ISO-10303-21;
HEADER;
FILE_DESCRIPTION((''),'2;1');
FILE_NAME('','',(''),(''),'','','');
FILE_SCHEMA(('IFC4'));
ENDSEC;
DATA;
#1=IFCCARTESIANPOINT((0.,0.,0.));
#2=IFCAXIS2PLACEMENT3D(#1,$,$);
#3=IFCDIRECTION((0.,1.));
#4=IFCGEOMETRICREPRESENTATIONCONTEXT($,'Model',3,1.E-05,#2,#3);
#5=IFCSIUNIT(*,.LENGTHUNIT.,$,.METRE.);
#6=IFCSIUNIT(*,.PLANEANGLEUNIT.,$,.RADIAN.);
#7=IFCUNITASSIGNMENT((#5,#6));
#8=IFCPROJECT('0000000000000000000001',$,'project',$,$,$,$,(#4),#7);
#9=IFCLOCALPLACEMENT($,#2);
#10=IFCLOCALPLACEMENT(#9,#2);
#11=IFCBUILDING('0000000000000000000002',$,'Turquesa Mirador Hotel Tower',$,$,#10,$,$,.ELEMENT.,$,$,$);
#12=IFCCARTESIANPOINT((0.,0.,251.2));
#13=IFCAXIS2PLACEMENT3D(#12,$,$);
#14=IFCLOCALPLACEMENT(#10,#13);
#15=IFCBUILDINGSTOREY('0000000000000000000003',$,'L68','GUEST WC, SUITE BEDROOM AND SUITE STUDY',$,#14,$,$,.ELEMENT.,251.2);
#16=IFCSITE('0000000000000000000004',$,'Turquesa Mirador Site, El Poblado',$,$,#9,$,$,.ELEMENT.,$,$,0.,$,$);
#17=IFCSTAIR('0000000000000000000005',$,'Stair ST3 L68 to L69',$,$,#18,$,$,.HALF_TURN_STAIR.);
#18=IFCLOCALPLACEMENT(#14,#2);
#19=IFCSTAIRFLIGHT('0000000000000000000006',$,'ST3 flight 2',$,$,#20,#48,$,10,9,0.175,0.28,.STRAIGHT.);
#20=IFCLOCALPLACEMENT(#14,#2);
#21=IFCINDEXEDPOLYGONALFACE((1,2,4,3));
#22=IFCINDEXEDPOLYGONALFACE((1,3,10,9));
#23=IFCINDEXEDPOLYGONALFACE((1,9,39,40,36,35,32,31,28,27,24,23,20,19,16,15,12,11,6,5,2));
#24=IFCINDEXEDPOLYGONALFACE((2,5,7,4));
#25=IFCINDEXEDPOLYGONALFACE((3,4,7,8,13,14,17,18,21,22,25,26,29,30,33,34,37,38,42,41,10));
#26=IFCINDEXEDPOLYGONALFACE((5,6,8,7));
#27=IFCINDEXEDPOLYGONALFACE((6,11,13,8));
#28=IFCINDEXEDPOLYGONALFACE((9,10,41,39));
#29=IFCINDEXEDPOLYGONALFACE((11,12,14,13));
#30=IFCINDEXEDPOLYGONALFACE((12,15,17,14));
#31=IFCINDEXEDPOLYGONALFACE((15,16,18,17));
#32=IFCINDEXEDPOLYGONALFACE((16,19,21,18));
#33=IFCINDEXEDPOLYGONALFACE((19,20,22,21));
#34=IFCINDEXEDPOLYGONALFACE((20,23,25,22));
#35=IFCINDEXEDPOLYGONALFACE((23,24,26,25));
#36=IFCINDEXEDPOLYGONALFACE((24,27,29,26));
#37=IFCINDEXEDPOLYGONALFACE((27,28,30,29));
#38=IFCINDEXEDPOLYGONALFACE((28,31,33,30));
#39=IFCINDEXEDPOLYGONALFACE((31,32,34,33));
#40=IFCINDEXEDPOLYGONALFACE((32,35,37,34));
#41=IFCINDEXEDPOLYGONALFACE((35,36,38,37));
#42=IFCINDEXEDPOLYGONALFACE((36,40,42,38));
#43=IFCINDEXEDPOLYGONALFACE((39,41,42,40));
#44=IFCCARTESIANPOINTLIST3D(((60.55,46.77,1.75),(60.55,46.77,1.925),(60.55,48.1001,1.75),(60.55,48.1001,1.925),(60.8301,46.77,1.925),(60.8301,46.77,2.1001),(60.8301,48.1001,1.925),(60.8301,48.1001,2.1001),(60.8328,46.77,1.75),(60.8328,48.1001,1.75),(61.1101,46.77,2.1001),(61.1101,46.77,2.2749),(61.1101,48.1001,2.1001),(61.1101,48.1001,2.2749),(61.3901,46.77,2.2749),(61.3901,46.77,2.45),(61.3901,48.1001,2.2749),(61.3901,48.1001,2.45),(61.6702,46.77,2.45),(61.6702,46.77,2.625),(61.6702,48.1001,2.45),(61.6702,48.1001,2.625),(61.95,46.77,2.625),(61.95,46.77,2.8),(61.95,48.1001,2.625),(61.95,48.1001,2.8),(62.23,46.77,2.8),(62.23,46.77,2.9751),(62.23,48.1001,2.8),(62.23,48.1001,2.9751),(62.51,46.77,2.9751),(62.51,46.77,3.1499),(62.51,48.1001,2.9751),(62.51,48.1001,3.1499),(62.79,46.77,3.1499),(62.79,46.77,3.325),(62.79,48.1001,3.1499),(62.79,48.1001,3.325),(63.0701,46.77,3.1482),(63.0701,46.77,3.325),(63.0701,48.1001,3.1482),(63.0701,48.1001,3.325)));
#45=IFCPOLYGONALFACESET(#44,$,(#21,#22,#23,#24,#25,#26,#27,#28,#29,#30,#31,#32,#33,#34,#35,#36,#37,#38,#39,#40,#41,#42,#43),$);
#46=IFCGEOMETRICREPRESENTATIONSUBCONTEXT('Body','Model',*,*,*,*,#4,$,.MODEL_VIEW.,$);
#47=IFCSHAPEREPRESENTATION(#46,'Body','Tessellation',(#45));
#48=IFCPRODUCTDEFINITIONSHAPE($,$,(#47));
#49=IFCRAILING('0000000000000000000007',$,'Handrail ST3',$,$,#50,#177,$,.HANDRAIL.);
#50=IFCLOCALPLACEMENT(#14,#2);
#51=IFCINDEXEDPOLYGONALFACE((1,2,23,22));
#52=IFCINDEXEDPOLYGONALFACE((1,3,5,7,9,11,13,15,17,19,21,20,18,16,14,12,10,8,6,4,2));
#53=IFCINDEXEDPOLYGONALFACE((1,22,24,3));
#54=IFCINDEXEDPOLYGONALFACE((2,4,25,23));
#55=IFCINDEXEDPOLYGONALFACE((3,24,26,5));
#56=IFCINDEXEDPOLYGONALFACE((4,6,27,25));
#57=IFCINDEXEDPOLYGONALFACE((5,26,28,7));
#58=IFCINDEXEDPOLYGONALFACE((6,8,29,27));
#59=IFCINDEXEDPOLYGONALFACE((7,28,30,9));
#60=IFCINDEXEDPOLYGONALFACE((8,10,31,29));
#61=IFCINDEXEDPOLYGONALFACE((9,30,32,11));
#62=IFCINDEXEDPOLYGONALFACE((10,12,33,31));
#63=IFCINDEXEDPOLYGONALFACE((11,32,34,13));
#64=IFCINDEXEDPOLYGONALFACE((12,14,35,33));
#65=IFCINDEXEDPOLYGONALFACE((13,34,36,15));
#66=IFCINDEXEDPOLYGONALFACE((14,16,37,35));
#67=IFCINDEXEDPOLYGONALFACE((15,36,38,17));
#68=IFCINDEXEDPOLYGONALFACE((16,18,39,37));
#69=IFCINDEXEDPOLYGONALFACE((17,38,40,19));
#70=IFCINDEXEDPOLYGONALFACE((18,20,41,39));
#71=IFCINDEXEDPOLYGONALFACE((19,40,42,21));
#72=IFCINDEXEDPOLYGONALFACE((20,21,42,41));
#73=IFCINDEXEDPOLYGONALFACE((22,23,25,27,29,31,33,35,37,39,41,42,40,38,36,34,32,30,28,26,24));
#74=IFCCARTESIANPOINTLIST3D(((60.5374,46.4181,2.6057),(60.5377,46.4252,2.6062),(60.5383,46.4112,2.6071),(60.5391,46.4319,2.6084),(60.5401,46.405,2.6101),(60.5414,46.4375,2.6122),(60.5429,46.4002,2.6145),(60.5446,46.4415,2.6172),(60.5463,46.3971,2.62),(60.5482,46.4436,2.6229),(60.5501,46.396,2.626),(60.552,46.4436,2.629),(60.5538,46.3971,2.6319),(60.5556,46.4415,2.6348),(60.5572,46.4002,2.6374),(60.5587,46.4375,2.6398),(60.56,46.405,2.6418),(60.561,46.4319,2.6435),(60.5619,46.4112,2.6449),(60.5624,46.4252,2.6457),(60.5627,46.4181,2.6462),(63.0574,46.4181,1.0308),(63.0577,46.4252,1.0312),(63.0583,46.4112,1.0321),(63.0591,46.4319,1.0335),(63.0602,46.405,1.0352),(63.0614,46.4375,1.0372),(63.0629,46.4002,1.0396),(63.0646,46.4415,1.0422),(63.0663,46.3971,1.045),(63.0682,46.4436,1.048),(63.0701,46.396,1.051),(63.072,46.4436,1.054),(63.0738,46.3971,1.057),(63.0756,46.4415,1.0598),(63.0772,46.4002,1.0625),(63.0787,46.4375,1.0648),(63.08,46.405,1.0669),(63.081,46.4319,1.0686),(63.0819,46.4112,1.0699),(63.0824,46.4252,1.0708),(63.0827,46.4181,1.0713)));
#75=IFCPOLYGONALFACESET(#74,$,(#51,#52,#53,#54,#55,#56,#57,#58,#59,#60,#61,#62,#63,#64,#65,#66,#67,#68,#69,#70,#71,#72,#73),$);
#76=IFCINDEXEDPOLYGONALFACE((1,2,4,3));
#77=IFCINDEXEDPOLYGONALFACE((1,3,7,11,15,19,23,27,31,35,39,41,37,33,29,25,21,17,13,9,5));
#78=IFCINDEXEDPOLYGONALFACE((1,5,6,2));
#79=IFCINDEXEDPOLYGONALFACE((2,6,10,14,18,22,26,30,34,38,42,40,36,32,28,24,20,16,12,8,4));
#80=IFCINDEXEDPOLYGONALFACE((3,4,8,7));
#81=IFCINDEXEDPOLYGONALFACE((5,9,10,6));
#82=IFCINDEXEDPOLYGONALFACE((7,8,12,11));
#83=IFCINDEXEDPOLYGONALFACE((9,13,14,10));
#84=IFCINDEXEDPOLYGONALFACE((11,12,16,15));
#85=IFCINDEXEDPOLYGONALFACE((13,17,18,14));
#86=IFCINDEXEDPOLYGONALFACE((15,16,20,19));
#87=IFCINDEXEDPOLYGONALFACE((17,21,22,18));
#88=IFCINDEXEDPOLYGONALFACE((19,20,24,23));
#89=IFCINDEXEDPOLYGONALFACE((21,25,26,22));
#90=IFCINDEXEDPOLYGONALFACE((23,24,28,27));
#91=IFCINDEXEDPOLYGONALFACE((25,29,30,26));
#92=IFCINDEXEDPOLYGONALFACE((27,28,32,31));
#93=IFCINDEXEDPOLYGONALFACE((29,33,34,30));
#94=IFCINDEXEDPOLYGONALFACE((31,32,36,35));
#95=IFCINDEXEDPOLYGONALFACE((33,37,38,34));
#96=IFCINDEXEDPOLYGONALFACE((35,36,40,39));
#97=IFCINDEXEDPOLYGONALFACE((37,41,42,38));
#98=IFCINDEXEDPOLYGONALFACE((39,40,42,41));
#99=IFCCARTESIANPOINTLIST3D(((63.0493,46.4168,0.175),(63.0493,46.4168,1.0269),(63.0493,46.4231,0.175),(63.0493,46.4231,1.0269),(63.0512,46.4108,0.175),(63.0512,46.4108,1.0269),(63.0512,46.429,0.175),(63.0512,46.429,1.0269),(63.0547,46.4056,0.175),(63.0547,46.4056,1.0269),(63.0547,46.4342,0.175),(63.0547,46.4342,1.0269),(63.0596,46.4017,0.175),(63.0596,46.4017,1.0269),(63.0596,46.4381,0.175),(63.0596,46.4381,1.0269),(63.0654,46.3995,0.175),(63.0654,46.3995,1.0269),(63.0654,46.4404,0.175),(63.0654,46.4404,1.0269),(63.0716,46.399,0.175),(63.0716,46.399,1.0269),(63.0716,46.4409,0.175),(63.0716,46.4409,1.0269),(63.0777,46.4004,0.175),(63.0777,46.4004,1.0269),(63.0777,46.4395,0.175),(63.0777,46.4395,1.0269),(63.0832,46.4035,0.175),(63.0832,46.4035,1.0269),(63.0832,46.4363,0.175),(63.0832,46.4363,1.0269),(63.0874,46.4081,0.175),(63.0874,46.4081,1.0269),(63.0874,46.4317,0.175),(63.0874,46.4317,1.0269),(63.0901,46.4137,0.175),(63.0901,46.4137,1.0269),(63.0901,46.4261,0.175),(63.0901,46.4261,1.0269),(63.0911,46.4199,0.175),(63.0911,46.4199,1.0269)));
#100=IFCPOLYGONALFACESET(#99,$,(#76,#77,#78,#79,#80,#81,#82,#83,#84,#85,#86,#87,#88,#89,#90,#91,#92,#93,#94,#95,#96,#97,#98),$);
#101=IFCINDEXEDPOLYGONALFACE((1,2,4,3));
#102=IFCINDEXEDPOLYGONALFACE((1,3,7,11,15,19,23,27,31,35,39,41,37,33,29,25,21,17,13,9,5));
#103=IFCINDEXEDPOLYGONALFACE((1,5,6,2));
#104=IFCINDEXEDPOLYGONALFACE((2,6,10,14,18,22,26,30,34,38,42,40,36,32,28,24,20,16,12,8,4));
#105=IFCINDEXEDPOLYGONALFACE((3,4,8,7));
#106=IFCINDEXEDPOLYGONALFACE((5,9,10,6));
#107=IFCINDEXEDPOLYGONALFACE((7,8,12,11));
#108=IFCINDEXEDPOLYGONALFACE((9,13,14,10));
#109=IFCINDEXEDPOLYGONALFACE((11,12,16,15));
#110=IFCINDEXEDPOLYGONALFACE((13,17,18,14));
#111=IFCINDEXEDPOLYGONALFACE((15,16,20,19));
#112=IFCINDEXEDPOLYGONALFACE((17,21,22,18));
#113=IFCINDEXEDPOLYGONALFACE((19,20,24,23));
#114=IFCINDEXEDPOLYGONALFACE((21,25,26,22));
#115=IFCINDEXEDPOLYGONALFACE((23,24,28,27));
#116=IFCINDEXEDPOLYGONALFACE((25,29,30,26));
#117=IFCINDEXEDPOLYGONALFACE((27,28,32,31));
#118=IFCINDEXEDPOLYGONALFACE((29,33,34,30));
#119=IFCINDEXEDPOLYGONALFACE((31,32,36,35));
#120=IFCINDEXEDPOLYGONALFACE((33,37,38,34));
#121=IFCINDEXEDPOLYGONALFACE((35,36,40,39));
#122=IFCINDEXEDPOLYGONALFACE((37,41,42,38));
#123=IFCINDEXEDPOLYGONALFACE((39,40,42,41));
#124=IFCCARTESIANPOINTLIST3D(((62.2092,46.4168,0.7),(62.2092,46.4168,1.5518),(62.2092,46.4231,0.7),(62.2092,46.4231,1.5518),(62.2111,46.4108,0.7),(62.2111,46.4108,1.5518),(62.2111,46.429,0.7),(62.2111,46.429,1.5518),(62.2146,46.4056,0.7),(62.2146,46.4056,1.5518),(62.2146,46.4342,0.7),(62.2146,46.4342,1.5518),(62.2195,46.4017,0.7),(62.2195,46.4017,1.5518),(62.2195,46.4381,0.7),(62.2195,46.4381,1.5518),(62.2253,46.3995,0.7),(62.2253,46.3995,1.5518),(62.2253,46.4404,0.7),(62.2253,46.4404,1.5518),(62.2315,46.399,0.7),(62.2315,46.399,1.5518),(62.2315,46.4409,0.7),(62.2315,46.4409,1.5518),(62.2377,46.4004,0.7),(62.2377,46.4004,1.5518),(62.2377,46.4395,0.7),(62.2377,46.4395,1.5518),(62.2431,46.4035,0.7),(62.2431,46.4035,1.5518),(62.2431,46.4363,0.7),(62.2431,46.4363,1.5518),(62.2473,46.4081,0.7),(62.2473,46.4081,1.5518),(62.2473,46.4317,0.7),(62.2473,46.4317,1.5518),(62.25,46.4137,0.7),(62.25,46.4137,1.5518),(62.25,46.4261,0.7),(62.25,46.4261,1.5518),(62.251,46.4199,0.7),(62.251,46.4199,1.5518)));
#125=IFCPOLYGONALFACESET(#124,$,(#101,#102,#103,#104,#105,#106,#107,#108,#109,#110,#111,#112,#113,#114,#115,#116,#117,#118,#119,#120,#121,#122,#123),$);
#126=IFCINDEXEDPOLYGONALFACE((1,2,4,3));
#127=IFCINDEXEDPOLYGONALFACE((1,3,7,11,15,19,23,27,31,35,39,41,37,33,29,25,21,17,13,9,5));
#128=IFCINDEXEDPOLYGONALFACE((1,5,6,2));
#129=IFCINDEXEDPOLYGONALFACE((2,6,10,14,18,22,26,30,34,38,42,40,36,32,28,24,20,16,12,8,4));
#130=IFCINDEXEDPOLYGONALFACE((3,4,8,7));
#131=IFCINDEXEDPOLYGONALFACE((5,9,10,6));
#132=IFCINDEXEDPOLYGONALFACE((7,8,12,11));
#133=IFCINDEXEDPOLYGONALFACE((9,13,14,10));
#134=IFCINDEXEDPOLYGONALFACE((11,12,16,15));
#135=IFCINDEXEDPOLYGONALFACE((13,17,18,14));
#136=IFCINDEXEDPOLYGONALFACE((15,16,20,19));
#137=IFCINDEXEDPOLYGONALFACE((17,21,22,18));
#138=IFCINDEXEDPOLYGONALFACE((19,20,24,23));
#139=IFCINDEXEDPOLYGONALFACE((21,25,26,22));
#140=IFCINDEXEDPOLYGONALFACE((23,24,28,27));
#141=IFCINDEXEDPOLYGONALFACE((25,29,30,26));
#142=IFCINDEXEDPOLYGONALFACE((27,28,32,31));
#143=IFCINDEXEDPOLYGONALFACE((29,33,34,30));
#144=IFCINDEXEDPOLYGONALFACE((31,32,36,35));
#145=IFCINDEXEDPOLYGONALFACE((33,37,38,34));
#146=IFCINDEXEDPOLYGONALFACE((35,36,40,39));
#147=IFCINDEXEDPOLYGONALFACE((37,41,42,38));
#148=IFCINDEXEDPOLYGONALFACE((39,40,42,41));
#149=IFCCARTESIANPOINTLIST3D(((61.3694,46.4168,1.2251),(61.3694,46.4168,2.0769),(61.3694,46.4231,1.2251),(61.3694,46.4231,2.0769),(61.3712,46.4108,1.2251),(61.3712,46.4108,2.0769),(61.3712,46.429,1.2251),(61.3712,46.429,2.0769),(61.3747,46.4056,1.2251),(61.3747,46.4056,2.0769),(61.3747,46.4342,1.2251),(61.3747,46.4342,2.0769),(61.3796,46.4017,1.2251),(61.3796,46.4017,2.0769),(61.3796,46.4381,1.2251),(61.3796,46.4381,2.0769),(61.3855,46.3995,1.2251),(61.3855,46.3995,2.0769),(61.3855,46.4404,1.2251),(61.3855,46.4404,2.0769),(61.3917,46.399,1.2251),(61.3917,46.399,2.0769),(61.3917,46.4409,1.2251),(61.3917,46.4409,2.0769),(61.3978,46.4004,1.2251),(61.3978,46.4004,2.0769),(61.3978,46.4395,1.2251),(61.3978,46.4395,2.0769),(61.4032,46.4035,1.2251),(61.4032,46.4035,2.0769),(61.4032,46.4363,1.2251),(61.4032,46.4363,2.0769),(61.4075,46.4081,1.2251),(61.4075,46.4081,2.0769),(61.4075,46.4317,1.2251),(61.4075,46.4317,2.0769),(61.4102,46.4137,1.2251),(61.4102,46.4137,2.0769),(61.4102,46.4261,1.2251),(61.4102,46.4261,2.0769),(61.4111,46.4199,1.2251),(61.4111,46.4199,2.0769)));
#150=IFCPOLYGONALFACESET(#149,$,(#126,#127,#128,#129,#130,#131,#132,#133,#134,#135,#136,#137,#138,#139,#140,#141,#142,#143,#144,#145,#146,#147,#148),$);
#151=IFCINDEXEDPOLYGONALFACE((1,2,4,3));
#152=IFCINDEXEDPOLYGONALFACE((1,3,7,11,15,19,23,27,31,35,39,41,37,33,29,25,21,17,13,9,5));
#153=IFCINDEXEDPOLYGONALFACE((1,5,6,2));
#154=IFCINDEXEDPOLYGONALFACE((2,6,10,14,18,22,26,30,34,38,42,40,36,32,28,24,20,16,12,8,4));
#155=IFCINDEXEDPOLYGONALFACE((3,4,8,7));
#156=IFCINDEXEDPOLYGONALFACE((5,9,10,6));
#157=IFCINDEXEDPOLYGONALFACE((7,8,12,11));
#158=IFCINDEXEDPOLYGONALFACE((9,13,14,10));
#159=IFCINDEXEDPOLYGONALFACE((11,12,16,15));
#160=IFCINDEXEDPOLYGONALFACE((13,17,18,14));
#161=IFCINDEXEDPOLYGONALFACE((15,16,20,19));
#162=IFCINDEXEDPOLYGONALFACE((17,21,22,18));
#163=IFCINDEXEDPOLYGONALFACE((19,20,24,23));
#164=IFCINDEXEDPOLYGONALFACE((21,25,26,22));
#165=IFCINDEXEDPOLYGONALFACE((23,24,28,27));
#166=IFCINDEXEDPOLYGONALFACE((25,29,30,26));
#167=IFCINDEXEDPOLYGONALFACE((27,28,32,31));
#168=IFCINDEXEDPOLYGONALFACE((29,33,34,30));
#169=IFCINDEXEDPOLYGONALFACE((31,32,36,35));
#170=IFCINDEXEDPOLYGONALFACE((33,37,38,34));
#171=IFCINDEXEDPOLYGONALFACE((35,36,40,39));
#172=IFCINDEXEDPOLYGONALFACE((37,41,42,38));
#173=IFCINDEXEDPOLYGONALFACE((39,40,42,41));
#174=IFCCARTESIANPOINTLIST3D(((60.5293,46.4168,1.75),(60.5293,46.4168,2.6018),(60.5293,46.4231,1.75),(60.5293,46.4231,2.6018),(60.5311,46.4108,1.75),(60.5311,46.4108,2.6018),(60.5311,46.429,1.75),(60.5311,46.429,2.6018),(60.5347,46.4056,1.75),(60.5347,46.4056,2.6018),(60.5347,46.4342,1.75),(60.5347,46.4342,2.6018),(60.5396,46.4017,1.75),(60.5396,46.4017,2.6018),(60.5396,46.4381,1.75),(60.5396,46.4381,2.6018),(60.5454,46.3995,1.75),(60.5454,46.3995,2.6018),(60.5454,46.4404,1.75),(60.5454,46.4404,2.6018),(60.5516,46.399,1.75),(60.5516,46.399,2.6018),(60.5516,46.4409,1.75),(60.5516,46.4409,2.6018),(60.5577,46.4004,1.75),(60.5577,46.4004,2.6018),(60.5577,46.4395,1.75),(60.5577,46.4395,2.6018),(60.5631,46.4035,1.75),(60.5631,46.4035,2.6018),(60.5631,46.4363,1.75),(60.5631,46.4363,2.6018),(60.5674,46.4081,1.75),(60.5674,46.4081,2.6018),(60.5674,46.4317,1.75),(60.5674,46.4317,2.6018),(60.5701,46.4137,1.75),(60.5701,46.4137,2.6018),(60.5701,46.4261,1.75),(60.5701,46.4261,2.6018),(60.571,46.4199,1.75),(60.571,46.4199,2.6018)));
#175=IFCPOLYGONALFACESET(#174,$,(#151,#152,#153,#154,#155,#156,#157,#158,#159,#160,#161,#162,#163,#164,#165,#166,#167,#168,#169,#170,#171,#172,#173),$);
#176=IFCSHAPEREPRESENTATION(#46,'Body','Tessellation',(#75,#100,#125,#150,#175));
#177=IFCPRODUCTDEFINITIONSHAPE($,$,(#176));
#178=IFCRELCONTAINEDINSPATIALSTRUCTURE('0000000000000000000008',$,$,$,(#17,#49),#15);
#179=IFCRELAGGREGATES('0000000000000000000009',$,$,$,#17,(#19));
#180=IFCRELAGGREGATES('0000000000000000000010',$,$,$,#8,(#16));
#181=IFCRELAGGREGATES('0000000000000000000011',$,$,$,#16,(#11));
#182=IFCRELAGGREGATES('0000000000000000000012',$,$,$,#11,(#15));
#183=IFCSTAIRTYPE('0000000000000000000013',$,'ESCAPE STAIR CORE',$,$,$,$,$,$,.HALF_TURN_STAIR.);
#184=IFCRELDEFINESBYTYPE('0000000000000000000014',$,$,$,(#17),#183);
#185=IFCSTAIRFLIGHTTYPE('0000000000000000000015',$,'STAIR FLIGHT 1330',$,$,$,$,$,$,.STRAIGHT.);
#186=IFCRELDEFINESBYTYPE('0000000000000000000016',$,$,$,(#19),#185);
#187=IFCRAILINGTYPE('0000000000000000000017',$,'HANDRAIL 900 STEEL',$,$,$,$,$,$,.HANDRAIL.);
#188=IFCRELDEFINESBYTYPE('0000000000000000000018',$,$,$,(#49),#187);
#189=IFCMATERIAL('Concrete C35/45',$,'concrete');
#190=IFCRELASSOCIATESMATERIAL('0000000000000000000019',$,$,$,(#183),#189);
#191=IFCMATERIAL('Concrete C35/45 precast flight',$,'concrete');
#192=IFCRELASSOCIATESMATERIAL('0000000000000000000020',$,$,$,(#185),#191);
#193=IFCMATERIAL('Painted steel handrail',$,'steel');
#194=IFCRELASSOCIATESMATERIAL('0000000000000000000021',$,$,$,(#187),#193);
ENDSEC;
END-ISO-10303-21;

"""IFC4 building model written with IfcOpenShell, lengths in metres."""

from ifc_helpers import new_model, si_unit, direction, frame, origin, origin_2d, place, context, subcontext, project, spatial, polyline, circle, outline, extrude, material, type_object, element, aggregate, save


model = new_model("IFC4")

# Units and contexts
model_context = context("Model", 3, precision=1e-05, world=origin(), true_north=direction((0.0, 1.0)))
body_context = subcontext(model_context, "Body", "Model", "MODEL_VIEW")
ifc_project = project(units=[si_unit("LENGTHUNIT", "METRE"), si_unit("PLANEANGLEUNIT", "RADIAN")], contexts=[model_context])

# Site, building, storey
site_placement = place(None, origin())
site = spatial("IfcSite", under=ifc_project, at=site_placement, Name="Turquesa Mirador Site, El Poblado", CompositionType="ELEMENT", RefElevation=0.0)
building_placement = place(site_placement, origin())
building = spatial("IfcBuilding", under=site, at=building_placement, Name="Turquesa Mirador Hotel Tower", CompositionType="ELEMENT")
storey_placement = place(building_placement, frame((0.0, 0.0, 251.2)))
storey = spatial("IfcBuildingStorey", under=building, at=storey_placement, Name="L68", Description="GUEST WC, SUITE BEDROOM AND SUITE STUDY", CompositionType="ELEMENT", Elevation=251.2)

# Stair, stair flight
ifc_material_1 = material(Name="Concrete C35/45", Category="concrete")
stair_type = type_object("IfcStairType", Name="ESCAPE STAIR CORE", PredefinedType="HALF_TURN_STAIR", material=ifc_material_1)
stair_placement = place(storey_placement, origin())
stair = element("IfcStair", 1, at=stair_placement, inside=storey, type_object=stair_type, Name="Stair ST3 L68 to L69", PredefinedType="HALF_TURN_STAIR")
ifc_material_2 = material(Name="Concrete C35/45 precast flight", Category="concrete")
stair_flight_type = type_object("IfcStairFlightType", Name="STAIR FLIGHT 1330", PredefinedType="STRAIGHT", material=ifc_material_2)
stair_flight_1_placement = place(storey_placement, frame((60.55, 47.4351, 1.75), z_axis=(0.0, 0.0, 1.0), x_axis=(1.0, 0.0, 0.0)))
stair_flight_1 = element("IfcStairFlight", 2, at=stair_flight_1_placement, type_object=stair_flight_type, Name="ST3 flight 2", NumberOfRisers=10, NumberOfTreads=9, PredefinedType="STRAIGHT", RiserHeight=0.175, TreadLength=0.28, context=body_context, shape_type="SweptSolid", body=[
    extrude(outline(polyline([(0.0, 0.0), (0.0, 0.175), (0.28, 0.175), (0.28, 0.3501), (0.5601, 0.3501), (0.5601, 0.5249), (0.8401, 0.5249), (0.8401, 0.7), (1.1201, 0.7), (1.1201, 0.875), (1.3999, 0.875), (1.3999, 1.05), (1.6799, 1.05), (1.6799, 1.2251), (1.96, 1.2251), (1.96, 1.3999), (2.24, 1.3999), (2.24, 1.575), (2.52, 1.575), (2.52, 1.75), (2.52, 1.3982), (0.2827, 0.0), (0.0, 0.0)])), frame((0.0, 0.665, 0.0), z_axis=(0.0, -1.0, 0.0), x_axis=(1.0, 0.0, 0.0)), (0.0, 0.0, 1.0), 1.3301),
])
aggregate(stair, [stair_flight_1])

# Railing
ifc_material_3 = material(Name="Painted steel handrail", Category="steel")
railing_type = type_object("IfcRailingType", Name="HANDRAIL 900 STEEL", PredefinedType="HANDRAIL", material=ifc_material_3)
railing_1_placement = place(storey_placement, frame((63.0701, 46.4199, 0.175)))
element("IfcRailing", 3, at=railing_1_placement, inside=storey, type_object=railing_type, Name="Handrail ST3", PredefinedType="HANDRAIL", context=body_context, shape_type="SweptSolid", body=[
    extrude(circle(Radius=0.0239, at=origin_2d()), frame((0.0, 0.0, 0.876), z_axis=(-0.848008, 0.0, 0.529984), x_axis=(0.0, -1.0, 0.0)), (0.0, 0.0, 1.0), 2.9717),
    extrude(circle(Radius=0.021, at=origin_2d()), origin(), (0.0, 0.0, 1.0), 0.8518),
    extrude(circle(Radius=0.021, at=origin_2d()), frame((-0.8401, 0.0, 0.5249)), (0.0, 0.0, 1.0), 0.8518),
    extrude(circle(Radius=0.021, at=origin_2d()), frame((-1.6799, 0.0, 1.05)), (0.0, 0.0, 1.0), 0.8518),
    extrude(circle(Radius=0.021, at=origin_2d()), frame((-2.52, 0.0, 1.575)), (0.0, 0.0, 1.0), 0.8518),
])

save(model, "model.ifc")
